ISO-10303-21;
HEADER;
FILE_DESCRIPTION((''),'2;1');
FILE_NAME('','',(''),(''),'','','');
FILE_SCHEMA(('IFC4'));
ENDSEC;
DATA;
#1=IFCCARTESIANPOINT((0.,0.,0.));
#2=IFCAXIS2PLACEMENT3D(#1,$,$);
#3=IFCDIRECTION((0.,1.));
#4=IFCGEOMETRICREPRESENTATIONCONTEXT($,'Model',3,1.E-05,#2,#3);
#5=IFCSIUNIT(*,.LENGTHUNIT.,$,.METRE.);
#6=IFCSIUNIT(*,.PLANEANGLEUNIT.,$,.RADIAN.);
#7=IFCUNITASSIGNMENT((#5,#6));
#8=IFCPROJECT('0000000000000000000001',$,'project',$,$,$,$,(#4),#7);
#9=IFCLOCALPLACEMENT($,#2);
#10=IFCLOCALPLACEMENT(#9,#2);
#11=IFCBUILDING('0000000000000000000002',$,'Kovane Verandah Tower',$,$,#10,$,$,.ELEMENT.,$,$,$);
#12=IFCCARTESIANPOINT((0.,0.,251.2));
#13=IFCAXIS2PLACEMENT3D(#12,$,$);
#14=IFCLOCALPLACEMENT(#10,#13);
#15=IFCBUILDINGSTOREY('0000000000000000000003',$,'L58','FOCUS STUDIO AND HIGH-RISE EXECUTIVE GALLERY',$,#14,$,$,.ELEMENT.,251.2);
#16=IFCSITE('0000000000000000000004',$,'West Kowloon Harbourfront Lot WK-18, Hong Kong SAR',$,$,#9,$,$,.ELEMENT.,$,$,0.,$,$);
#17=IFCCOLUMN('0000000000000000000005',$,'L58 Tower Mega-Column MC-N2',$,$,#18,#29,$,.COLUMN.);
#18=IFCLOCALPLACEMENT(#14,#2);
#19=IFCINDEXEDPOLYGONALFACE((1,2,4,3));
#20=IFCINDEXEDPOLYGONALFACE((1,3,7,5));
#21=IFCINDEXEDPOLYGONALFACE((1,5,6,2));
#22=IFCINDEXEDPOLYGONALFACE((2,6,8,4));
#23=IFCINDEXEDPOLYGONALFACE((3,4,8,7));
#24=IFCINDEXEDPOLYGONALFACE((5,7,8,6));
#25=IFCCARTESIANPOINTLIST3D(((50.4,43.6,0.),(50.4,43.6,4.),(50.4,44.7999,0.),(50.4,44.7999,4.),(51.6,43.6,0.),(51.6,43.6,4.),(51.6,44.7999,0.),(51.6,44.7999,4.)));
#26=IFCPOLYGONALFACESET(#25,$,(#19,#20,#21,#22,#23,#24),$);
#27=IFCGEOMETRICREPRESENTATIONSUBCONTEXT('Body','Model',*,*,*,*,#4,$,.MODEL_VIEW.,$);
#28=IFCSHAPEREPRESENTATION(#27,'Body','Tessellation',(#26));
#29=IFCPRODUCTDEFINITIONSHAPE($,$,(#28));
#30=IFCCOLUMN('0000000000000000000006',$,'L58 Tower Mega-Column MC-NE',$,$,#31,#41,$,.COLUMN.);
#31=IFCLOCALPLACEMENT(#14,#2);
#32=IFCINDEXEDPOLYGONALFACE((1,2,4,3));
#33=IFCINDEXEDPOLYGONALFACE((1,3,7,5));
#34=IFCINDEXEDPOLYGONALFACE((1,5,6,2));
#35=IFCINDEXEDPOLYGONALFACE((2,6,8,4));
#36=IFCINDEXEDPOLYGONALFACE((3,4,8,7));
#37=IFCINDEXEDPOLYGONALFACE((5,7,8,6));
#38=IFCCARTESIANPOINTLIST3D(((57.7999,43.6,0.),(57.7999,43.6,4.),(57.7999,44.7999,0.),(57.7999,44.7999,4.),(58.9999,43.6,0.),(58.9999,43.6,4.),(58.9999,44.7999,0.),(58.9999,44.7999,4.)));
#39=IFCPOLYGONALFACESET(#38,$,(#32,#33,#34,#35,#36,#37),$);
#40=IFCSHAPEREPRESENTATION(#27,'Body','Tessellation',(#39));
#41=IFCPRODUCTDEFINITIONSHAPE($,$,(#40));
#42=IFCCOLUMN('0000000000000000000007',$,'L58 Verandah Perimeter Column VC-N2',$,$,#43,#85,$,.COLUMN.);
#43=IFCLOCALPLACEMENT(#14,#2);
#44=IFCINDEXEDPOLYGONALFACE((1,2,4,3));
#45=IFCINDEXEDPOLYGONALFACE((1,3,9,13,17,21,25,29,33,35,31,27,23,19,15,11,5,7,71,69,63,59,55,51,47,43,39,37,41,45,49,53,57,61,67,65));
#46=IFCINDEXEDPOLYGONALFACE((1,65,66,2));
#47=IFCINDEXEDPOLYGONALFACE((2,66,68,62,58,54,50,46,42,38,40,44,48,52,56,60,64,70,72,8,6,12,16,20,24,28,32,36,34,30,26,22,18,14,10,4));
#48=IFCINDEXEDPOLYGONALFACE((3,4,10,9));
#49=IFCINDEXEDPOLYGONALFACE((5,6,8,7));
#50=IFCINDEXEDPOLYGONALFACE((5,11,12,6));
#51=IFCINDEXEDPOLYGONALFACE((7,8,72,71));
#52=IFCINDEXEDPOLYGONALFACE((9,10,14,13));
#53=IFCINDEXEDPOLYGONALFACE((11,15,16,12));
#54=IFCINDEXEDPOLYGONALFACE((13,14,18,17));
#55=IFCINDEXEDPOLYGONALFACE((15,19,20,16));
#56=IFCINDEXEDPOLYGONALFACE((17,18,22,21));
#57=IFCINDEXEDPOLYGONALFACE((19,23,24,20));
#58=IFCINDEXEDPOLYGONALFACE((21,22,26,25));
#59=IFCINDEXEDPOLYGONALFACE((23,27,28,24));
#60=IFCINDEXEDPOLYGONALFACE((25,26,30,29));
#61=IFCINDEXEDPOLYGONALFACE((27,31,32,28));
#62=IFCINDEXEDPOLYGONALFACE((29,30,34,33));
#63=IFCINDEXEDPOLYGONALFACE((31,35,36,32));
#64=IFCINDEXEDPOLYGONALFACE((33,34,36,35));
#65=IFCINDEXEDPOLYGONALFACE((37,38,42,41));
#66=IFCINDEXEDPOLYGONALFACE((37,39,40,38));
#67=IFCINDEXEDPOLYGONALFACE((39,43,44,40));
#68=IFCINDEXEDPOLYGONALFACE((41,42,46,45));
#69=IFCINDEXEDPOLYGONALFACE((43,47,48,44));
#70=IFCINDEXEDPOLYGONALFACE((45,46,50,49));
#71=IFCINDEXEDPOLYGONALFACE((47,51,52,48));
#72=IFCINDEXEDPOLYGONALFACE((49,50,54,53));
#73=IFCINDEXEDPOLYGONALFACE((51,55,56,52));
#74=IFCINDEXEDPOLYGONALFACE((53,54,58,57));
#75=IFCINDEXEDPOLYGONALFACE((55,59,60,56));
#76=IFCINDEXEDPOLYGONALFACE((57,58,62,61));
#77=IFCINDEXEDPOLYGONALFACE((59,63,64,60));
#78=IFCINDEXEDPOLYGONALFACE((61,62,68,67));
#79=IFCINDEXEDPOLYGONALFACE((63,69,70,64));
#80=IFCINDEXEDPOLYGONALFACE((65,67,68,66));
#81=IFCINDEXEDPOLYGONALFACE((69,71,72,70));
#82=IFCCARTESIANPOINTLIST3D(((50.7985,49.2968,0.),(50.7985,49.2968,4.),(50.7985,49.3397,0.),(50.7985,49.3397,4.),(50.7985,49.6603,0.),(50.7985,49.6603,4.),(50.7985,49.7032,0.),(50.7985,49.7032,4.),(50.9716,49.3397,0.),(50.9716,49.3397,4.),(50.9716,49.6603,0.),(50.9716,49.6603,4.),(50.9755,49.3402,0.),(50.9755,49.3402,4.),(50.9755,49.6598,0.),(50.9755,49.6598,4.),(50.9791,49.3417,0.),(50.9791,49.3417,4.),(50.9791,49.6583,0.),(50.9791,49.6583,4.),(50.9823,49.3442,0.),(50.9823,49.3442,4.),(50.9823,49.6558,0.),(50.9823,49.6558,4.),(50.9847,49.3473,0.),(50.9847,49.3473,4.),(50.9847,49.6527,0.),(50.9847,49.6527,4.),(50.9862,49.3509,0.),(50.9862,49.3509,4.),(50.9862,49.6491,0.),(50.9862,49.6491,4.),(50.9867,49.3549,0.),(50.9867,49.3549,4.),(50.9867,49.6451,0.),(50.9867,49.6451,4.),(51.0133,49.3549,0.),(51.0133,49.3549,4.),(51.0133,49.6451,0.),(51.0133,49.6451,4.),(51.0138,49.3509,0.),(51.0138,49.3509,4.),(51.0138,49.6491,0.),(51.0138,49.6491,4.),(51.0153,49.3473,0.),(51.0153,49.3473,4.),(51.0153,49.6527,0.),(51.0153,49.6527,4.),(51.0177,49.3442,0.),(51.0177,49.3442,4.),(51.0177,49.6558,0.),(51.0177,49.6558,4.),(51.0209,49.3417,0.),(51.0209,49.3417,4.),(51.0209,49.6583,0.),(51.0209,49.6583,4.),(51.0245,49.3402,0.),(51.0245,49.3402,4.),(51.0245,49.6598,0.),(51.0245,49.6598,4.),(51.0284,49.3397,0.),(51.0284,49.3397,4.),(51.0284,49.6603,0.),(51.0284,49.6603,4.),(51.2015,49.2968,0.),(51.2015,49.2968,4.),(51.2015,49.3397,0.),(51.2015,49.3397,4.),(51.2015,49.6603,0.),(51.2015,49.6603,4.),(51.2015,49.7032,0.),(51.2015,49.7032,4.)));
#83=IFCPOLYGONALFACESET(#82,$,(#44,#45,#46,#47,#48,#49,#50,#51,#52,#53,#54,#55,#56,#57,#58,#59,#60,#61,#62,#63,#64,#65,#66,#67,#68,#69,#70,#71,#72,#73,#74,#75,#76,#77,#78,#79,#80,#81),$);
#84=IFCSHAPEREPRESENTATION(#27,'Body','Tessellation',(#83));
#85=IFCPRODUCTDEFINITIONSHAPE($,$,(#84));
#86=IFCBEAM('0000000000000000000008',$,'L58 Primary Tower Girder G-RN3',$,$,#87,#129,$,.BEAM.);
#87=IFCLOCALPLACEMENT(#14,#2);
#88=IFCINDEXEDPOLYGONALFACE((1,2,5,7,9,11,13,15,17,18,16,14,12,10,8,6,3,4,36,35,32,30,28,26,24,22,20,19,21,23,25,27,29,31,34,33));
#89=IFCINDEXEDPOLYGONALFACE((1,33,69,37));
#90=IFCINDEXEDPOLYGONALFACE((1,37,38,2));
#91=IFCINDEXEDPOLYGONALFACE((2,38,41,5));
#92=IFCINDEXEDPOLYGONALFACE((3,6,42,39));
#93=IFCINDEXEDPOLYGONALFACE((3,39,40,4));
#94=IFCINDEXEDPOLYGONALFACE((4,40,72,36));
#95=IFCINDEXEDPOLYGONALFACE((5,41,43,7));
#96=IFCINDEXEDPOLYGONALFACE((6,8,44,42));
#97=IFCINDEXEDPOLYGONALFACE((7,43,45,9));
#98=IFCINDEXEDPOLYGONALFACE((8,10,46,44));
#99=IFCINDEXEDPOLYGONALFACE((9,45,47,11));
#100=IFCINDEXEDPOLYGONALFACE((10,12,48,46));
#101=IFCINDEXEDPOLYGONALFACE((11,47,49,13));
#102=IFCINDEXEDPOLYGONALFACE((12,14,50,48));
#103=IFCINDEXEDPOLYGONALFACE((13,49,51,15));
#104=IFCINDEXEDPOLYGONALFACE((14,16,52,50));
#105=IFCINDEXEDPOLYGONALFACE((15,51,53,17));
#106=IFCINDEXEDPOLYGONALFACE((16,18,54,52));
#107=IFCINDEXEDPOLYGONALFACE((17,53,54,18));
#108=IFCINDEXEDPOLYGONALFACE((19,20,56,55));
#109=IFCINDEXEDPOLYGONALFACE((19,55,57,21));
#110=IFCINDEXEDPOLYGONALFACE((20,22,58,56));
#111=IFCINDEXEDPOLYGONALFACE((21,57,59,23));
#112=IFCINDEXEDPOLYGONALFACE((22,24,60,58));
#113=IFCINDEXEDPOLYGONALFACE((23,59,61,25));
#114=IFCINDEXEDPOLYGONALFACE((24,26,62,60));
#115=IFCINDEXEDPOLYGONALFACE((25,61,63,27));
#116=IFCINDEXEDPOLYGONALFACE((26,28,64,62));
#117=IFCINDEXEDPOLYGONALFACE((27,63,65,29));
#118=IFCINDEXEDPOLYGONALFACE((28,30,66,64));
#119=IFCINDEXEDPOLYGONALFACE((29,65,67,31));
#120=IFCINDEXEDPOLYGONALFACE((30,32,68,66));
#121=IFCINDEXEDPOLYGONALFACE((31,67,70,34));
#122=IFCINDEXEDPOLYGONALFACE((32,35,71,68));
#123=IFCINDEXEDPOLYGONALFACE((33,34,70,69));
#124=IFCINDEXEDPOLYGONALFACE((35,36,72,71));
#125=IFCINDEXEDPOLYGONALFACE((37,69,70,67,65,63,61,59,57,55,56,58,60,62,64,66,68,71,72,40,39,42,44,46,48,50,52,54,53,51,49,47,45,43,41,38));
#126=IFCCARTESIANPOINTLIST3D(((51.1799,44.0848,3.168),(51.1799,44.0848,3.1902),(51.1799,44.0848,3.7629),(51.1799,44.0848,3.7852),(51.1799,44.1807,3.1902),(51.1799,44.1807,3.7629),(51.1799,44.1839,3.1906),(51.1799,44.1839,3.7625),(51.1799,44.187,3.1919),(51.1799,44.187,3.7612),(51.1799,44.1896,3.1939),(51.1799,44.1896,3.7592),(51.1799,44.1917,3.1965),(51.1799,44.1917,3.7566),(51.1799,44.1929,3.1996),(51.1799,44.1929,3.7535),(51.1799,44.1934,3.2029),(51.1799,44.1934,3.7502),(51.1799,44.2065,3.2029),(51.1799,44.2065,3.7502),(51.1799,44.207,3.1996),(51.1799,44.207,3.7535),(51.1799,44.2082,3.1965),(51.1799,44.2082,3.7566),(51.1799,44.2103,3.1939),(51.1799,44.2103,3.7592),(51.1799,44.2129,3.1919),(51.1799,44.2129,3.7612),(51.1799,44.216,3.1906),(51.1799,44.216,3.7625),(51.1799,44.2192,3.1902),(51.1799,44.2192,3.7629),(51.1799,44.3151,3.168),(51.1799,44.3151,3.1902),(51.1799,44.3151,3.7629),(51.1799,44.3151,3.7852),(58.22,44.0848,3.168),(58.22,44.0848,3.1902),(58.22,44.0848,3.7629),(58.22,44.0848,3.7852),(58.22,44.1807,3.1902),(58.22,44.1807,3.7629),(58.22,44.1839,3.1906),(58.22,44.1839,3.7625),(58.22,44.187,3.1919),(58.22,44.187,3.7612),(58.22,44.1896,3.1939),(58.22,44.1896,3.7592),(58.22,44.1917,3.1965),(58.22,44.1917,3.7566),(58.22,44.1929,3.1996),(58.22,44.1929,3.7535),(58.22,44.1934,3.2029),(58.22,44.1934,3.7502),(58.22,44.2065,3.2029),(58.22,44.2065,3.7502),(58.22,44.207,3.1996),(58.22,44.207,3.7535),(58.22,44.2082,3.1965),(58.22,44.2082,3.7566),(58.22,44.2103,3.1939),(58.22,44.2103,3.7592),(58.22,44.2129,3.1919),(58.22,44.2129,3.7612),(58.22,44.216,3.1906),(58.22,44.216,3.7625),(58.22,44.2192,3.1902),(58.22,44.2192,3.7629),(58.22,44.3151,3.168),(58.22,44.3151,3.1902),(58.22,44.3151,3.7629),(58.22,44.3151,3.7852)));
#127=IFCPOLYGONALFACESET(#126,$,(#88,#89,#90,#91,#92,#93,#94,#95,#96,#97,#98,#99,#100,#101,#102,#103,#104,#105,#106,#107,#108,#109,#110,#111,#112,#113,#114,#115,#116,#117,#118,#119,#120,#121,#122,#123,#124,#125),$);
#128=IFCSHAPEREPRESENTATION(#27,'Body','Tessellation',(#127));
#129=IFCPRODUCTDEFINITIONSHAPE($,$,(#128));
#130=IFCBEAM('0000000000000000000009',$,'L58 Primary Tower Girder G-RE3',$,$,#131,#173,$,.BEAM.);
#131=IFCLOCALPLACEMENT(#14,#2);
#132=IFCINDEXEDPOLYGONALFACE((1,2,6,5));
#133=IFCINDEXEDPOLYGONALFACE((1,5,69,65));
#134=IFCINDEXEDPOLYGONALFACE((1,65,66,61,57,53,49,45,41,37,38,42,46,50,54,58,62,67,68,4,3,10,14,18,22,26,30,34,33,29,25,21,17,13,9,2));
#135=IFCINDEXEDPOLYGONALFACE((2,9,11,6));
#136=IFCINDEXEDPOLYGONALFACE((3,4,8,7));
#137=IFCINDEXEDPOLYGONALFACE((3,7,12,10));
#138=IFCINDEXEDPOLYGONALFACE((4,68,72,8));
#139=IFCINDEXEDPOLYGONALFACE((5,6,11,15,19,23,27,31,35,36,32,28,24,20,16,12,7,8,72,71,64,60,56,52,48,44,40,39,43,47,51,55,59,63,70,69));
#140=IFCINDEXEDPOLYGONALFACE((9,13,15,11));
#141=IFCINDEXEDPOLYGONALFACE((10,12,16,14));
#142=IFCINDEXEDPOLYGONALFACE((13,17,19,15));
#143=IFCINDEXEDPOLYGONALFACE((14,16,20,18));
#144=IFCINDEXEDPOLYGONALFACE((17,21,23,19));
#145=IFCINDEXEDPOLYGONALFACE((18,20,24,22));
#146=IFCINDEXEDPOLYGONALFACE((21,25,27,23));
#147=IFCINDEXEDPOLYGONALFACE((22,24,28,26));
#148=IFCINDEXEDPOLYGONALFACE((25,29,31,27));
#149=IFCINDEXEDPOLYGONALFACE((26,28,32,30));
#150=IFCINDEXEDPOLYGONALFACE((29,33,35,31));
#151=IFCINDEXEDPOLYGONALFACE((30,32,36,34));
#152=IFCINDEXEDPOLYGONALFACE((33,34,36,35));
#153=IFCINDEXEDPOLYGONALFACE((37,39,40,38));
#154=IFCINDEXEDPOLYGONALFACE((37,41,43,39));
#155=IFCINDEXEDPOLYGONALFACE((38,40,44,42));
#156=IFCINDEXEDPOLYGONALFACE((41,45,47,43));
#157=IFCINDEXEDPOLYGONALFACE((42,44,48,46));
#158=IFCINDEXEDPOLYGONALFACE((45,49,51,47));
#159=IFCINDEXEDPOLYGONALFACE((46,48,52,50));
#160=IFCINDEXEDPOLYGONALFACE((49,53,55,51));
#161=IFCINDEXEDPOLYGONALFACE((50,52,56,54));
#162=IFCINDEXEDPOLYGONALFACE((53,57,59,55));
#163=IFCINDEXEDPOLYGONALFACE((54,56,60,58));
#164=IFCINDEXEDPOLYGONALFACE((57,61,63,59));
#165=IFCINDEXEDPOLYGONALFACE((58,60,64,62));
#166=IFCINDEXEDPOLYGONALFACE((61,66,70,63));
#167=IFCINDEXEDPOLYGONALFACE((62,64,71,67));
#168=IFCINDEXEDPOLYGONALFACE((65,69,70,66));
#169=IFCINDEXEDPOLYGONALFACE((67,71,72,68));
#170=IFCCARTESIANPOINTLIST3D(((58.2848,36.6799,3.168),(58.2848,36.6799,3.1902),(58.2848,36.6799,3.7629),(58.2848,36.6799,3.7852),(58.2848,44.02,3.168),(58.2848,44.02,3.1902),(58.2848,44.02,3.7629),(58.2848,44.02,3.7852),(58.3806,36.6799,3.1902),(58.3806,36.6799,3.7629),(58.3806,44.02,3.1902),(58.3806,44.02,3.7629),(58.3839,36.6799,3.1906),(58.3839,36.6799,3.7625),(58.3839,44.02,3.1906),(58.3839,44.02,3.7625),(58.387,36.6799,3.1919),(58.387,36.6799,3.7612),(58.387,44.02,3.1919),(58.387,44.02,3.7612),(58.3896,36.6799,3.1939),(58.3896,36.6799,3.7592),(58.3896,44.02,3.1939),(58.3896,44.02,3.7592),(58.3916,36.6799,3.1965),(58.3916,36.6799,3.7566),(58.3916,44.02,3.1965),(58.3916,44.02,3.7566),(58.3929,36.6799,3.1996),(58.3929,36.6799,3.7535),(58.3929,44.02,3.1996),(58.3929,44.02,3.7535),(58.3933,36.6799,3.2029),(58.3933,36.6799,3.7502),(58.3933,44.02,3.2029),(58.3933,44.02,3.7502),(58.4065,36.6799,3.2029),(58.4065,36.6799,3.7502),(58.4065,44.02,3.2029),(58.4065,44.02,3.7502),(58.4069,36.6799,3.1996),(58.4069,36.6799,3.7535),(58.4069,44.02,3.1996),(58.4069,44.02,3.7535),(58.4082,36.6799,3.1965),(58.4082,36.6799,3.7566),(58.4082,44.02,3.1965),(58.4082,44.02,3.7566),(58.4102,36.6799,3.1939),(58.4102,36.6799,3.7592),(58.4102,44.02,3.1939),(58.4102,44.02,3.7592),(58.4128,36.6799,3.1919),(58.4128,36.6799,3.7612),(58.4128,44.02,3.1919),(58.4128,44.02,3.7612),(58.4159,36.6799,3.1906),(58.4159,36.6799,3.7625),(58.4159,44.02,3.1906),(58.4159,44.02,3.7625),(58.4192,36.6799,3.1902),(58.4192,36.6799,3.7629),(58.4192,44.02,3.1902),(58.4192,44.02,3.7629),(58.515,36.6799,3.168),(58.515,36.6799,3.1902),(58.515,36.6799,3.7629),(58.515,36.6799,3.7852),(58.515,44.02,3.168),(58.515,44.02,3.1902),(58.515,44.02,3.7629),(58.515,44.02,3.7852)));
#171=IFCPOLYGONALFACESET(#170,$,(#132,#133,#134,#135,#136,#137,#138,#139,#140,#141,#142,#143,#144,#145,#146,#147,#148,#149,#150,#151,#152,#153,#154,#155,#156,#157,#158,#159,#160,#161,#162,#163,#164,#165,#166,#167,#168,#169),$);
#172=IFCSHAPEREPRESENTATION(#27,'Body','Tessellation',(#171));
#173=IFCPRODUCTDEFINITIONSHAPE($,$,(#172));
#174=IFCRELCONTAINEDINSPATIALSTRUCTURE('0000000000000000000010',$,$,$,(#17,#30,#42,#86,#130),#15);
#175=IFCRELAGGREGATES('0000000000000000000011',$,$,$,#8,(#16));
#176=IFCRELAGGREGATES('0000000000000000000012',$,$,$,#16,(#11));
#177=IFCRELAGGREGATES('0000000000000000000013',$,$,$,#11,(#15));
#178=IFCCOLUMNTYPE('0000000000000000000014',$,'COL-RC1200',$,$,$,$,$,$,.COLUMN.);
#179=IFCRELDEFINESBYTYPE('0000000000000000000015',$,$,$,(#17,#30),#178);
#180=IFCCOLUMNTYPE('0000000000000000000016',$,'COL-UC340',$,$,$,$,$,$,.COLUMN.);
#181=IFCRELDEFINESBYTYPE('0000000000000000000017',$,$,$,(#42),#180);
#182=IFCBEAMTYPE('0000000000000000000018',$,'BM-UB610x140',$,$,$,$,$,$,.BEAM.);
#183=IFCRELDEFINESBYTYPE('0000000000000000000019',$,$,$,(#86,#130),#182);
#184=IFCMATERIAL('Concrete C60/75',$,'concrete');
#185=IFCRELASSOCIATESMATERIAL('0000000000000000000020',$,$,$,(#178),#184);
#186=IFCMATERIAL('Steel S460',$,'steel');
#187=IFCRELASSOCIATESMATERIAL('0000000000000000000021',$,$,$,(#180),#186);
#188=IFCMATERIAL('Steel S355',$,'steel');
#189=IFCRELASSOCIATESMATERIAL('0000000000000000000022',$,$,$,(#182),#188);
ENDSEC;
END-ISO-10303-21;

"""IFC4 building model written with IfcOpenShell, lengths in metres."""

from ifc_helpers import new_model, si_unit, direction, frame, origin, origin_2d, place, context, subcontext, project, spatial, rectangle, i_section, extrude, material, material_profile, profile_set, type_object, element, save


model = new_model("IFC4")

# Units and contexts
model_context = context("Model", 3, precision=1e-05, world=origin(), true_north=direction((0.0, 1.0)))
body_context = subcontext(model_context, "Body", "Model", "MODEL_VIEW")
ifc_project = project(units=[si_unit("LENGTHUNIT", "METRE"), si_unit("PLANEANGLEUNIT", "RADIAN")], contexts=[model_context])

# Site, building, storey
site_placement = place(None, origin())
site = spatial("IfcSite", under=ifc_project, at=site_placement, Name="West Kowloon Harbourfront Lot WK-18, Hong Kong SAR", CompositionType="ELEMENT", RefElevation=0.0)
building_placement = place(site_placement, origin())
building = spatial("IfcBuilding", under=site, at=building_placement, Name="Kovane Verandah Tower", CompositionType="ELEMENT")
storey_placement = place(building_placement, frame((0.0, 0.0, 251.2)))
storey = spatial("IfcBuildingStorey", under=building, at=storey_placement, Name="L58", Description="FOCUS STUDIO AND HIGH-RISE EXECUTIVE GALLERY", CompositionType="ELEMENT", Elevation=251.2)

# Columns
ifc_material_1 = material(Name="Concrete C60/75", Category="concrete")
ifc_material_profile_1 = material_profile(ifc_material_1, rectangle(XDim=1.2, YDim=1.2, at=origin_2d()), Name="RC1200x1200")
ifc_profile_set_1 = profile_set([ifc_material_profile_1], Name="Concrete C60/75")
column_type_1 = type_object("IfcColumnType", Name="COL-RC1200", PredefinedType="COLUMN", material=ifc_profile_set_1)
for number, where, z_axis, x_axis, name in (
    (1, (51.0, 44.2, 0.0), (0.0, 0.0, 1.0), (1.0, 0.0, 0.0), "L58 Tower Mega-Column MC-N2"),
    (2, (58.3999, 44.2, 0.0), (0.0, 0.0, 1.0), (1.0, 0.0, 0.0), "L58 Tower Mega-Column MC-NE"),
):
    element("IfcColumn", number, at=place(storey_placement, frame(where, z_axis=z_axis, x_axis=x_axis)), inside=storey, type_object=column_type_1, Name=name, PredefinedType="COLUMN", context=body_context, shape_type="SweptSolid", body=[
        extrude(rectangle(XDim=1.2, YDim=1.2, at=origin_2d()), origin(), (0.0, 0.0, 1.0), 4.0),
    ])
ifc_material_2 = material(Name="Steel S460", Category="steel")
ifc_material_profile_2 = material_profile(ifc_material_2, i_section(OverallWidth=0.4031, OverallDepth=0.4065, WebThickness=0.0266, FlangeThickness=0.043, FilletRadius=0.0151, at=origin_2d()), Name="UC356x406x340")
ifc_profile_set_2 = profile_set([ifc_material_profile_2], Name="Steel S460")
column_type_2 = type_object("IfcColumnType", Name="COL-UC340", PredefinedType="COLUMN", material=ifc_profile_set_2)
column_placement = place(storey_placement, frame((51.0, 49.5, 0.0), z_axis=(0.0, 0.0, 1.0), x_axis=(1.0, 0.0, 0.0)))
element("IfcColumn", 3, at=column_placement, inside=storey, type_object=column_type_2, Name="L58 Verandah Perimeter Column VC-N2", PredefinedType="COLUMN", context=body_context, shape_type="SweptSolid", body=[
    extrude(i_section(OverallWidth=0.4031, OverallDepth=0.4065, WebThickness=0.0266, FlangeThickness=0.043, FilletRadius=0.0151, at=origin_2d()), origin(), (0.0, 0.0, 1.0), 4.0),
])

# Beams
ifc_material_3 = material(Name="Steel S355", Category="steel")
ifc_material_profile_3 = material_profile(ifc_material_3, i_section(OverallWidth=0.2302, OverallDepth=0.6172, WebThickness=0.0132, FlangeThickness=0.0222, FilletRadius=0.0127, at=origin_2d()), Name="UB610x229x140")
ifc_profile_set_3 = profile_set([ifc_material_profile_3], Name="Steel S355")
beam_type_1 = type_object("IfcBeamType", Name="BM-UB610x140", PredefinedType="BEAM", material=ifc_profile_set_3)
beam_1_placement = place(storey_placement, frame((51.1799, 44.2, 3.4766), z_axis=(1.0, 0.0, 0.0), x_axis=(0.0, 1.0, 0.0)))
element("IfcBeam", 4, at=beam_1_placement, inside=storey, type_object=beam_type_1, Name="L58 Primary Tower Girder G-RN3", PredefinedType="BEAM", context=body_context, shape_type="SweptSolid", body=[
    extrude(i_section(OverallWidth=0.2302, OverallDepth=0.6172, WebThickness=0.0132, FlangeThickness=0.0222, FilletRadius=0.0127, at=origin_2d()), origin(), (0.0, 0.0, 1.0), 7.04),
])
for number, where, z_axis, x_axis, name in (
    (5, (58.3999, 36.6799, 3.4766), (0.0, 1.0, 0.0), (-1.0, 0.0, 0.0), "L58 Primary Tower Girder G-RE3"),
):
    element("IfcBeam", number, at=place(storey_placement, frame(where, z_axis=z_axis, x_axis=x_axis)), inside=storey, type_object=beam_type_1, Name=name, PredefinedType="BEAM", context=body_context, shape_type="SweptSolid", body=[
        extrude(i_section(OverallWidth=0.2302, OverallDepth=0.6172, WebThickness=0.0132, FlangeThickness=0.0222, FilletRadius=0.0127, at=origin_2d()), origin(), (0.0, 0.0, 1.0), 7.3401),
    ])

save(model, "model.ifc")
